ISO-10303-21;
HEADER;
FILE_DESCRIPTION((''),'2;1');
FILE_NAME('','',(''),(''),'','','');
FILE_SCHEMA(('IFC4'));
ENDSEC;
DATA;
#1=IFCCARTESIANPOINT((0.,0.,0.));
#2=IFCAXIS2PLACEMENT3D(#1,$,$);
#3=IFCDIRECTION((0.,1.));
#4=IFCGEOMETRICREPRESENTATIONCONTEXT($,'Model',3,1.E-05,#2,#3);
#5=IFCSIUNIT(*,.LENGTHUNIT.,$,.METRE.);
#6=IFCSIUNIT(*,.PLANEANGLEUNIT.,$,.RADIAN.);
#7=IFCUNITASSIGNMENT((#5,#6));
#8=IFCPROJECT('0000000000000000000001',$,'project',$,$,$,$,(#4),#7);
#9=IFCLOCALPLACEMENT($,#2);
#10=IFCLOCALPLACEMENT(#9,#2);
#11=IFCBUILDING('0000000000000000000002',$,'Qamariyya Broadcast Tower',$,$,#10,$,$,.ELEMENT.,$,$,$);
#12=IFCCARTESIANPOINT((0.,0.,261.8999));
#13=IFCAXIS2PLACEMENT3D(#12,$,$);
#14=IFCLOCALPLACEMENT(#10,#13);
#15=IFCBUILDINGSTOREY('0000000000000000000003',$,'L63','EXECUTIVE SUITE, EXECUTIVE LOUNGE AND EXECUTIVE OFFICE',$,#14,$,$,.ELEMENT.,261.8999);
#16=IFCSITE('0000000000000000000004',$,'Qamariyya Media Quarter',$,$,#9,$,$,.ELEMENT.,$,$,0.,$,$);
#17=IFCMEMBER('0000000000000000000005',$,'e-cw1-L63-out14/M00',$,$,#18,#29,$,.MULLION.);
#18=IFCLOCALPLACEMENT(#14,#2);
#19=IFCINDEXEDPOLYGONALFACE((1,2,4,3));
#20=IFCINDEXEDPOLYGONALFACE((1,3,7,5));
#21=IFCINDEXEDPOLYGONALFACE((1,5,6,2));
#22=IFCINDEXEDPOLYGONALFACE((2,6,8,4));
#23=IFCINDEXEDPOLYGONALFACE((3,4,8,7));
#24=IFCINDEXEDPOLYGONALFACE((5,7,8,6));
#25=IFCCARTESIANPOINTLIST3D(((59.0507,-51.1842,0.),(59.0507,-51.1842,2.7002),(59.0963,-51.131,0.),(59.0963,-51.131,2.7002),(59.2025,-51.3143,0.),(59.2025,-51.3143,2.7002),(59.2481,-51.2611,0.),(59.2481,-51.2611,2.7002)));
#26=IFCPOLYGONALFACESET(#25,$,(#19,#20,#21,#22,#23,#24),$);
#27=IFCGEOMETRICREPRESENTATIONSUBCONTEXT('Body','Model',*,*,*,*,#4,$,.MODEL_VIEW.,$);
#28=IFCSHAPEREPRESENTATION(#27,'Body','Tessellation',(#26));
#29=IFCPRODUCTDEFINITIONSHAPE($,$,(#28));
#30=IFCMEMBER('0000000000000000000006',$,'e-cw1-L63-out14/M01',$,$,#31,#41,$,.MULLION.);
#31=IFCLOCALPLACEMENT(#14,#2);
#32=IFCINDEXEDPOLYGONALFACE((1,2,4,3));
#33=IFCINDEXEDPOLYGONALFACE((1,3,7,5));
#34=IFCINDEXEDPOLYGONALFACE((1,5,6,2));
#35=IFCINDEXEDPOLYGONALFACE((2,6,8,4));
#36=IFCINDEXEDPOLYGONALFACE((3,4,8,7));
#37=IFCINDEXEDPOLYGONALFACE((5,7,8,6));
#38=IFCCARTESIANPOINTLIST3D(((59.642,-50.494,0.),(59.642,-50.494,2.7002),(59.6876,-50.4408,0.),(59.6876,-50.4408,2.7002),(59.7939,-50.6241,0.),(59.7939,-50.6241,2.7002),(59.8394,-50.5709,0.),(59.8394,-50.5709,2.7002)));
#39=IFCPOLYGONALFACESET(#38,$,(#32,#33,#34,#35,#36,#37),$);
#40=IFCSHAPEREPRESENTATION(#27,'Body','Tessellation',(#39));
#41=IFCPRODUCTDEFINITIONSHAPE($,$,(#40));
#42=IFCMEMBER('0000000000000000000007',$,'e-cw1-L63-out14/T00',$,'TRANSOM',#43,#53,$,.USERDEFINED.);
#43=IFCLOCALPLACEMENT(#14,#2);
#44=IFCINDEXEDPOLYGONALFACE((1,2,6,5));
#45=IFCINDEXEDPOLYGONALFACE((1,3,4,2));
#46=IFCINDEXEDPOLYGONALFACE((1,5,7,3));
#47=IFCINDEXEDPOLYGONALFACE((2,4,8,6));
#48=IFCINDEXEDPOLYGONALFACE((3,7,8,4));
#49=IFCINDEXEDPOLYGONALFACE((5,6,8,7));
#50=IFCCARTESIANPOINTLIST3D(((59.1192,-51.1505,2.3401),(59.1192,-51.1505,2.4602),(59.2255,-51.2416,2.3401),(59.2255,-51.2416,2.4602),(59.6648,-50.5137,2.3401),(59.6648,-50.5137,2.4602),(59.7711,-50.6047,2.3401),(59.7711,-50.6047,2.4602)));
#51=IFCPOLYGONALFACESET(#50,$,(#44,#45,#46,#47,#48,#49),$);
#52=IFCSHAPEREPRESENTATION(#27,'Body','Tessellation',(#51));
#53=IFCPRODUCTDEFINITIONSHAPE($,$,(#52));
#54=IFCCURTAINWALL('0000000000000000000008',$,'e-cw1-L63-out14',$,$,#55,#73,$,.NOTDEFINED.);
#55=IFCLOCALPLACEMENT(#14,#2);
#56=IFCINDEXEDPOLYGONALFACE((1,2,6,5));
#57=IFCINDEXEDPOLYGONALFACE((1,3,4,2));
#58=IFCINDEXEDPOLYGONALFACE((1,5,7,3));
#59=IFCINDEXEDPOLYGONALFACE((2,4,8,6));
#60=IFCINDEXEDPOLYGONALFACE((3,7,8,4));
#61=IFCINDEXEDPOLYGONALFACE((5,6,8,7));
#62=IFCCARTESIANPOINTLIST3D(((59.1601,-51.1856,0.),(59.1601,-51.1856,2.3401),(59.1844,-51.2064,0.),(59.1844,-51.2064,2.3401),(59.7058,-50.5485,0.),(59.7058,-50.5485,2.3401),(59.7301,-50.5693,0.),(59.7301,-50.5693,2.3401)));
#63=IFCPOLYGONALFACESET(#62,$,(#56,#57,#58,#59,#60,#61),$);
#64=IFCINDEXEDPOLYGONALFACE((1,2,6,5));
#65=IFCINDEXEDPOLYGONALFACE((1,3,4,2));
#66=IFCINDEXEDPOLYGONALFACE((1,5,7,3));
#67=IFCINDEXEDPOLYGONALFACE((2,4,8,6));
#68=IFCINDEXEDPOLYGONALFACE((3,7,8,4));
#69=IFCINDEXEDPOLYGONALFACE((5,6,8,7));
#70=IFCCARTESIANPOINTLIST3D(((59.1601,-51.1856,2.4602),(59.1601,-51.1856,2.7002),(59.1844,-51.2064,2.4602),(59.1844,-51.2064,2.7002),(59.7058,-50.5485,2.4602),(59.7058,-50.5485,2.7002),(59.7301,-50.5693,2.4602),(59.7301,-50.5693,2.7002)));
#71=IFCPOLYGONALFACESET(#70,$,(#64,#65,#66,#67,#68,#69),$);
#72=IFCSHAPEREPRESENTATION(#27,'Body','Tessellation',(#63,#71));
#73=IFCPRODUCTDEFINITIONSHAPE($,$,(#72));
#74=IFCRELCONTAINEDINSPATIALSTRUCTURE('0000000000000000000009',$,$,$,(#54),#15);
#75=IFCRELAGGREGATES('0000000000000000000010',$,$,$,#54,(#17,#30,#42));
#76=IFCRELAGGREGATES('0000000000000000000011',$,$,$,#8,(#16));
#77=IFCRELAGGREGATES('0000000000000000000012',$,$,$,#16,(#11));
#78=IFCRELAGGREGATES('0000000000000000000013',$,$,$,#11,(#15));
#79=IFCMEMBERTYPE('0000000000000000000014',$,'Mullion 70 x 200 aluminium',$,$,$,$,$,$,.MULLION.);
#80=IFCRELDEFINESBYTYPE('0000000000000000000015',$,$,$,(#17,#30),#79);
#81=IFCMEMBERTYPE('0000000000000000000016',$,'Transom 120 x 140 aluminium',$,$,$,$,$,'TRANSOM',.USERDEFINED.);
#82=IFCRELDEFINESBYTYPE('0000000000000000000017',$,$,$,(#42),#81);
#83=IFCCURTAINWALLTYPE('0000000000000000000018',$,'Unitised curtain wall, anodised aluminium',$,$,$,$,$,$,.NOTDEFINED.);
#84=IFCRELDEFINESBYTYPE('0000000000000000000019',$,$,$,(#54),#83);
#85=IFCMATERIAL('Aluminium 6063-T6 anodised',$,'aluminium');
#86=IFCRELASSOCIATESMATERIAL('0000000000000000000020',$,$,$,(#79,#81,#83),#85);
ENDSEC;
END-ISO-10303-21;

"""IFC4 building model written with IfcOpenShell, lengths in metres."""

from ifc_helpers import new_model, si_unit, direction, frame, origin, origin_2d, place, context, subcontext, project, spatial, rectangle, extrude, material, material_profile, profile_set, type_object, element, aggregate, save


model = new_model("IFC4")

# Units and contexts
model_context = context("Model", 3, precision=1e-05, world=origin(), true_north=direction((0.0, 1.0)))
body_context = subcontext(model_context, "Body", "Model", "MODEL_VIEW")
ifc_project = project(units=[si_unit("LENGTHUNIT", "METRE"), si_unit("PLANEANGLEUNIT", "RADIAN")], contexts=[model_context])

# Members
ifc_material = material(Name="Aluminium 6063-T6 anodised", Category="aluminium")
ifc_material_profile_1 = material_profile(ifc_material, rectangle(XDim=0.2, YDim=0.0701, at=origin_2d()))
ifc_profile_set_1 = profile_set([ifc_material_profile_1], Name="Aluminium 6063-T6 anodised")
member_type_1 = type_object("IfcMemberType", Name="Mullion 70 x 200 aluminium", PredefinedType="MULLION", material=ifc_profile_set_1)
site_placement = place(None, origin())
building_placement = place(site_placement, origin())
storey_placement = place(building_placement, frame((0.0, 0.0, 261.8999)))
member_1_placement = place(storey_placement, frame((59.1494, -51.2227, 0.0), z_axis=(0.0, 0.0, 1.0), x_axis=(-0.759421, 0.650599, 0.0)))
member_1 = element("IfcMember", 1, at=member_1_placement, type_object=member_type_1, Name="e-cw1-L63-out14/M00", PredefinedType="MULLION", context=body_context, shape_type="SweptSolid", body=[
    extrude(rectangle(XDim=0.2, YDim=0.0701, at=origin_2d()), origin(), (0.0, 0.0, 1.0), 2.7002),
])
member_2_placement = place(storey_placement, frame((59.7407, -50.5325, 0.0), z_axis=(0.0, 0.0, 1.0), x_axis=(-0.759421, 0.650599, 0.0)))
member_2 = element("IfcMember", 2, at=member_2_placement, type_object=member_type_1, Name="e-cw1-L63-out14/M01", PredefinedType="MULLION", context=body_context, shape_type="SweptSolid", body=[
    extrude(rectangle(XDim=0.2, YDim=0.0701, at=origin_2d()), origin(), (0.0, 0.0, 1.0), 2.7002),
])
ifc_material_profile_2 = material_profile(ifc_material, rectangle(XDim=0.1399, YDim=0.1201, at=origin_2d()))
ifc_profile_set_2 = profile_set([ifc_material_profile_2], Name="Aluminium 6063-T6 anodised")
member_type_2 = type_object("IfcMemberType", Name="Transom 120 x 140 aluminium", ElementType="TRANSOM", PredefinedType="USERDEFINED", material=ifc_profile_set_2)
member_3_placement = place(storey_placement, frame((59.1724, -51.196, 2.4001), z_axis=(0.650576, 0.759441, 0.0), x_axis=(-0.759441, 0.650576, 0.0)))
member_3 = element("IfcMember", 3, at=member_3_placement, type_object=member_type_2, Name="e-cw1-L63-out14/T00", ObjectType="TRANSOM", PredefinedType="USERDEFINED", context=body_context, shape_type="SweptSolid", body=[
    extrude(rectangle(XDim=0.1399, YDim=0.1201, at=origin_2d()), origin(), (0.0, 0.0, 1.0), 0.8386),
])

# Site, building, storey
site = spatial("IfcSite", under=ifc_project, at=site_placement, Name="Qamariyya Media Quarter", CompositionType="ELEMENT", RefElevation=0.0)
building = spatial("IfcBuilding", under=site, at=building_placement, Name="Qamariyya Broadcast Tower", CompositionType="ELEMENT")
storey = spatial("IfcBuildingStorey", under=building, at=storey_placement, Name="L63", Description="EXECUTIVE SUITE, EXECUTIVE LOUNGE AND EXECUTIVE OFFICE", CompositionType="ELEMENT", Elevation=261.8999)

# Curtain wall
curtain_wall_type = type_object("IfcCurtainWallType", Name="Unitised curtain wall, anodised aluminium", PredefinedType="NOTDEFINED", material=ifc_material)
curtain_wall_1_placement = place(storey_placement, origin())
curtain_wall_1 = element("IfcCurtainWall", 4, at=curtain_wall_1_placement, inside=storey, type_object=curtain_wall_type, Name="e-cw1-L63-out14", PredefinedType="NOTDEFINED", context=body_context, shape_type="SweptSolid", body=[
    extrude(rectangle(XDim=0.8389, YDim=0.032, at=origin_2d()), frame((59.4451, -50.8774, 0.0), x_axis=(0.650504, 0.759503, 0.0)), (0.0, 0.0, 1.0), 2.3401),
    extrude(rectangle(XDim=0.8389, YDim=0.032, at=origin_2d()), frame((59.4451, -50.8774, 2.4602), x_axis=(0.650504, 0.759503, 0.0)), (0.0, 0.0, 1.0), 0.24),
])
aggregate(curtain_wall_1, [member_1, member_2, member_3])

save(model, "model.ifc")
